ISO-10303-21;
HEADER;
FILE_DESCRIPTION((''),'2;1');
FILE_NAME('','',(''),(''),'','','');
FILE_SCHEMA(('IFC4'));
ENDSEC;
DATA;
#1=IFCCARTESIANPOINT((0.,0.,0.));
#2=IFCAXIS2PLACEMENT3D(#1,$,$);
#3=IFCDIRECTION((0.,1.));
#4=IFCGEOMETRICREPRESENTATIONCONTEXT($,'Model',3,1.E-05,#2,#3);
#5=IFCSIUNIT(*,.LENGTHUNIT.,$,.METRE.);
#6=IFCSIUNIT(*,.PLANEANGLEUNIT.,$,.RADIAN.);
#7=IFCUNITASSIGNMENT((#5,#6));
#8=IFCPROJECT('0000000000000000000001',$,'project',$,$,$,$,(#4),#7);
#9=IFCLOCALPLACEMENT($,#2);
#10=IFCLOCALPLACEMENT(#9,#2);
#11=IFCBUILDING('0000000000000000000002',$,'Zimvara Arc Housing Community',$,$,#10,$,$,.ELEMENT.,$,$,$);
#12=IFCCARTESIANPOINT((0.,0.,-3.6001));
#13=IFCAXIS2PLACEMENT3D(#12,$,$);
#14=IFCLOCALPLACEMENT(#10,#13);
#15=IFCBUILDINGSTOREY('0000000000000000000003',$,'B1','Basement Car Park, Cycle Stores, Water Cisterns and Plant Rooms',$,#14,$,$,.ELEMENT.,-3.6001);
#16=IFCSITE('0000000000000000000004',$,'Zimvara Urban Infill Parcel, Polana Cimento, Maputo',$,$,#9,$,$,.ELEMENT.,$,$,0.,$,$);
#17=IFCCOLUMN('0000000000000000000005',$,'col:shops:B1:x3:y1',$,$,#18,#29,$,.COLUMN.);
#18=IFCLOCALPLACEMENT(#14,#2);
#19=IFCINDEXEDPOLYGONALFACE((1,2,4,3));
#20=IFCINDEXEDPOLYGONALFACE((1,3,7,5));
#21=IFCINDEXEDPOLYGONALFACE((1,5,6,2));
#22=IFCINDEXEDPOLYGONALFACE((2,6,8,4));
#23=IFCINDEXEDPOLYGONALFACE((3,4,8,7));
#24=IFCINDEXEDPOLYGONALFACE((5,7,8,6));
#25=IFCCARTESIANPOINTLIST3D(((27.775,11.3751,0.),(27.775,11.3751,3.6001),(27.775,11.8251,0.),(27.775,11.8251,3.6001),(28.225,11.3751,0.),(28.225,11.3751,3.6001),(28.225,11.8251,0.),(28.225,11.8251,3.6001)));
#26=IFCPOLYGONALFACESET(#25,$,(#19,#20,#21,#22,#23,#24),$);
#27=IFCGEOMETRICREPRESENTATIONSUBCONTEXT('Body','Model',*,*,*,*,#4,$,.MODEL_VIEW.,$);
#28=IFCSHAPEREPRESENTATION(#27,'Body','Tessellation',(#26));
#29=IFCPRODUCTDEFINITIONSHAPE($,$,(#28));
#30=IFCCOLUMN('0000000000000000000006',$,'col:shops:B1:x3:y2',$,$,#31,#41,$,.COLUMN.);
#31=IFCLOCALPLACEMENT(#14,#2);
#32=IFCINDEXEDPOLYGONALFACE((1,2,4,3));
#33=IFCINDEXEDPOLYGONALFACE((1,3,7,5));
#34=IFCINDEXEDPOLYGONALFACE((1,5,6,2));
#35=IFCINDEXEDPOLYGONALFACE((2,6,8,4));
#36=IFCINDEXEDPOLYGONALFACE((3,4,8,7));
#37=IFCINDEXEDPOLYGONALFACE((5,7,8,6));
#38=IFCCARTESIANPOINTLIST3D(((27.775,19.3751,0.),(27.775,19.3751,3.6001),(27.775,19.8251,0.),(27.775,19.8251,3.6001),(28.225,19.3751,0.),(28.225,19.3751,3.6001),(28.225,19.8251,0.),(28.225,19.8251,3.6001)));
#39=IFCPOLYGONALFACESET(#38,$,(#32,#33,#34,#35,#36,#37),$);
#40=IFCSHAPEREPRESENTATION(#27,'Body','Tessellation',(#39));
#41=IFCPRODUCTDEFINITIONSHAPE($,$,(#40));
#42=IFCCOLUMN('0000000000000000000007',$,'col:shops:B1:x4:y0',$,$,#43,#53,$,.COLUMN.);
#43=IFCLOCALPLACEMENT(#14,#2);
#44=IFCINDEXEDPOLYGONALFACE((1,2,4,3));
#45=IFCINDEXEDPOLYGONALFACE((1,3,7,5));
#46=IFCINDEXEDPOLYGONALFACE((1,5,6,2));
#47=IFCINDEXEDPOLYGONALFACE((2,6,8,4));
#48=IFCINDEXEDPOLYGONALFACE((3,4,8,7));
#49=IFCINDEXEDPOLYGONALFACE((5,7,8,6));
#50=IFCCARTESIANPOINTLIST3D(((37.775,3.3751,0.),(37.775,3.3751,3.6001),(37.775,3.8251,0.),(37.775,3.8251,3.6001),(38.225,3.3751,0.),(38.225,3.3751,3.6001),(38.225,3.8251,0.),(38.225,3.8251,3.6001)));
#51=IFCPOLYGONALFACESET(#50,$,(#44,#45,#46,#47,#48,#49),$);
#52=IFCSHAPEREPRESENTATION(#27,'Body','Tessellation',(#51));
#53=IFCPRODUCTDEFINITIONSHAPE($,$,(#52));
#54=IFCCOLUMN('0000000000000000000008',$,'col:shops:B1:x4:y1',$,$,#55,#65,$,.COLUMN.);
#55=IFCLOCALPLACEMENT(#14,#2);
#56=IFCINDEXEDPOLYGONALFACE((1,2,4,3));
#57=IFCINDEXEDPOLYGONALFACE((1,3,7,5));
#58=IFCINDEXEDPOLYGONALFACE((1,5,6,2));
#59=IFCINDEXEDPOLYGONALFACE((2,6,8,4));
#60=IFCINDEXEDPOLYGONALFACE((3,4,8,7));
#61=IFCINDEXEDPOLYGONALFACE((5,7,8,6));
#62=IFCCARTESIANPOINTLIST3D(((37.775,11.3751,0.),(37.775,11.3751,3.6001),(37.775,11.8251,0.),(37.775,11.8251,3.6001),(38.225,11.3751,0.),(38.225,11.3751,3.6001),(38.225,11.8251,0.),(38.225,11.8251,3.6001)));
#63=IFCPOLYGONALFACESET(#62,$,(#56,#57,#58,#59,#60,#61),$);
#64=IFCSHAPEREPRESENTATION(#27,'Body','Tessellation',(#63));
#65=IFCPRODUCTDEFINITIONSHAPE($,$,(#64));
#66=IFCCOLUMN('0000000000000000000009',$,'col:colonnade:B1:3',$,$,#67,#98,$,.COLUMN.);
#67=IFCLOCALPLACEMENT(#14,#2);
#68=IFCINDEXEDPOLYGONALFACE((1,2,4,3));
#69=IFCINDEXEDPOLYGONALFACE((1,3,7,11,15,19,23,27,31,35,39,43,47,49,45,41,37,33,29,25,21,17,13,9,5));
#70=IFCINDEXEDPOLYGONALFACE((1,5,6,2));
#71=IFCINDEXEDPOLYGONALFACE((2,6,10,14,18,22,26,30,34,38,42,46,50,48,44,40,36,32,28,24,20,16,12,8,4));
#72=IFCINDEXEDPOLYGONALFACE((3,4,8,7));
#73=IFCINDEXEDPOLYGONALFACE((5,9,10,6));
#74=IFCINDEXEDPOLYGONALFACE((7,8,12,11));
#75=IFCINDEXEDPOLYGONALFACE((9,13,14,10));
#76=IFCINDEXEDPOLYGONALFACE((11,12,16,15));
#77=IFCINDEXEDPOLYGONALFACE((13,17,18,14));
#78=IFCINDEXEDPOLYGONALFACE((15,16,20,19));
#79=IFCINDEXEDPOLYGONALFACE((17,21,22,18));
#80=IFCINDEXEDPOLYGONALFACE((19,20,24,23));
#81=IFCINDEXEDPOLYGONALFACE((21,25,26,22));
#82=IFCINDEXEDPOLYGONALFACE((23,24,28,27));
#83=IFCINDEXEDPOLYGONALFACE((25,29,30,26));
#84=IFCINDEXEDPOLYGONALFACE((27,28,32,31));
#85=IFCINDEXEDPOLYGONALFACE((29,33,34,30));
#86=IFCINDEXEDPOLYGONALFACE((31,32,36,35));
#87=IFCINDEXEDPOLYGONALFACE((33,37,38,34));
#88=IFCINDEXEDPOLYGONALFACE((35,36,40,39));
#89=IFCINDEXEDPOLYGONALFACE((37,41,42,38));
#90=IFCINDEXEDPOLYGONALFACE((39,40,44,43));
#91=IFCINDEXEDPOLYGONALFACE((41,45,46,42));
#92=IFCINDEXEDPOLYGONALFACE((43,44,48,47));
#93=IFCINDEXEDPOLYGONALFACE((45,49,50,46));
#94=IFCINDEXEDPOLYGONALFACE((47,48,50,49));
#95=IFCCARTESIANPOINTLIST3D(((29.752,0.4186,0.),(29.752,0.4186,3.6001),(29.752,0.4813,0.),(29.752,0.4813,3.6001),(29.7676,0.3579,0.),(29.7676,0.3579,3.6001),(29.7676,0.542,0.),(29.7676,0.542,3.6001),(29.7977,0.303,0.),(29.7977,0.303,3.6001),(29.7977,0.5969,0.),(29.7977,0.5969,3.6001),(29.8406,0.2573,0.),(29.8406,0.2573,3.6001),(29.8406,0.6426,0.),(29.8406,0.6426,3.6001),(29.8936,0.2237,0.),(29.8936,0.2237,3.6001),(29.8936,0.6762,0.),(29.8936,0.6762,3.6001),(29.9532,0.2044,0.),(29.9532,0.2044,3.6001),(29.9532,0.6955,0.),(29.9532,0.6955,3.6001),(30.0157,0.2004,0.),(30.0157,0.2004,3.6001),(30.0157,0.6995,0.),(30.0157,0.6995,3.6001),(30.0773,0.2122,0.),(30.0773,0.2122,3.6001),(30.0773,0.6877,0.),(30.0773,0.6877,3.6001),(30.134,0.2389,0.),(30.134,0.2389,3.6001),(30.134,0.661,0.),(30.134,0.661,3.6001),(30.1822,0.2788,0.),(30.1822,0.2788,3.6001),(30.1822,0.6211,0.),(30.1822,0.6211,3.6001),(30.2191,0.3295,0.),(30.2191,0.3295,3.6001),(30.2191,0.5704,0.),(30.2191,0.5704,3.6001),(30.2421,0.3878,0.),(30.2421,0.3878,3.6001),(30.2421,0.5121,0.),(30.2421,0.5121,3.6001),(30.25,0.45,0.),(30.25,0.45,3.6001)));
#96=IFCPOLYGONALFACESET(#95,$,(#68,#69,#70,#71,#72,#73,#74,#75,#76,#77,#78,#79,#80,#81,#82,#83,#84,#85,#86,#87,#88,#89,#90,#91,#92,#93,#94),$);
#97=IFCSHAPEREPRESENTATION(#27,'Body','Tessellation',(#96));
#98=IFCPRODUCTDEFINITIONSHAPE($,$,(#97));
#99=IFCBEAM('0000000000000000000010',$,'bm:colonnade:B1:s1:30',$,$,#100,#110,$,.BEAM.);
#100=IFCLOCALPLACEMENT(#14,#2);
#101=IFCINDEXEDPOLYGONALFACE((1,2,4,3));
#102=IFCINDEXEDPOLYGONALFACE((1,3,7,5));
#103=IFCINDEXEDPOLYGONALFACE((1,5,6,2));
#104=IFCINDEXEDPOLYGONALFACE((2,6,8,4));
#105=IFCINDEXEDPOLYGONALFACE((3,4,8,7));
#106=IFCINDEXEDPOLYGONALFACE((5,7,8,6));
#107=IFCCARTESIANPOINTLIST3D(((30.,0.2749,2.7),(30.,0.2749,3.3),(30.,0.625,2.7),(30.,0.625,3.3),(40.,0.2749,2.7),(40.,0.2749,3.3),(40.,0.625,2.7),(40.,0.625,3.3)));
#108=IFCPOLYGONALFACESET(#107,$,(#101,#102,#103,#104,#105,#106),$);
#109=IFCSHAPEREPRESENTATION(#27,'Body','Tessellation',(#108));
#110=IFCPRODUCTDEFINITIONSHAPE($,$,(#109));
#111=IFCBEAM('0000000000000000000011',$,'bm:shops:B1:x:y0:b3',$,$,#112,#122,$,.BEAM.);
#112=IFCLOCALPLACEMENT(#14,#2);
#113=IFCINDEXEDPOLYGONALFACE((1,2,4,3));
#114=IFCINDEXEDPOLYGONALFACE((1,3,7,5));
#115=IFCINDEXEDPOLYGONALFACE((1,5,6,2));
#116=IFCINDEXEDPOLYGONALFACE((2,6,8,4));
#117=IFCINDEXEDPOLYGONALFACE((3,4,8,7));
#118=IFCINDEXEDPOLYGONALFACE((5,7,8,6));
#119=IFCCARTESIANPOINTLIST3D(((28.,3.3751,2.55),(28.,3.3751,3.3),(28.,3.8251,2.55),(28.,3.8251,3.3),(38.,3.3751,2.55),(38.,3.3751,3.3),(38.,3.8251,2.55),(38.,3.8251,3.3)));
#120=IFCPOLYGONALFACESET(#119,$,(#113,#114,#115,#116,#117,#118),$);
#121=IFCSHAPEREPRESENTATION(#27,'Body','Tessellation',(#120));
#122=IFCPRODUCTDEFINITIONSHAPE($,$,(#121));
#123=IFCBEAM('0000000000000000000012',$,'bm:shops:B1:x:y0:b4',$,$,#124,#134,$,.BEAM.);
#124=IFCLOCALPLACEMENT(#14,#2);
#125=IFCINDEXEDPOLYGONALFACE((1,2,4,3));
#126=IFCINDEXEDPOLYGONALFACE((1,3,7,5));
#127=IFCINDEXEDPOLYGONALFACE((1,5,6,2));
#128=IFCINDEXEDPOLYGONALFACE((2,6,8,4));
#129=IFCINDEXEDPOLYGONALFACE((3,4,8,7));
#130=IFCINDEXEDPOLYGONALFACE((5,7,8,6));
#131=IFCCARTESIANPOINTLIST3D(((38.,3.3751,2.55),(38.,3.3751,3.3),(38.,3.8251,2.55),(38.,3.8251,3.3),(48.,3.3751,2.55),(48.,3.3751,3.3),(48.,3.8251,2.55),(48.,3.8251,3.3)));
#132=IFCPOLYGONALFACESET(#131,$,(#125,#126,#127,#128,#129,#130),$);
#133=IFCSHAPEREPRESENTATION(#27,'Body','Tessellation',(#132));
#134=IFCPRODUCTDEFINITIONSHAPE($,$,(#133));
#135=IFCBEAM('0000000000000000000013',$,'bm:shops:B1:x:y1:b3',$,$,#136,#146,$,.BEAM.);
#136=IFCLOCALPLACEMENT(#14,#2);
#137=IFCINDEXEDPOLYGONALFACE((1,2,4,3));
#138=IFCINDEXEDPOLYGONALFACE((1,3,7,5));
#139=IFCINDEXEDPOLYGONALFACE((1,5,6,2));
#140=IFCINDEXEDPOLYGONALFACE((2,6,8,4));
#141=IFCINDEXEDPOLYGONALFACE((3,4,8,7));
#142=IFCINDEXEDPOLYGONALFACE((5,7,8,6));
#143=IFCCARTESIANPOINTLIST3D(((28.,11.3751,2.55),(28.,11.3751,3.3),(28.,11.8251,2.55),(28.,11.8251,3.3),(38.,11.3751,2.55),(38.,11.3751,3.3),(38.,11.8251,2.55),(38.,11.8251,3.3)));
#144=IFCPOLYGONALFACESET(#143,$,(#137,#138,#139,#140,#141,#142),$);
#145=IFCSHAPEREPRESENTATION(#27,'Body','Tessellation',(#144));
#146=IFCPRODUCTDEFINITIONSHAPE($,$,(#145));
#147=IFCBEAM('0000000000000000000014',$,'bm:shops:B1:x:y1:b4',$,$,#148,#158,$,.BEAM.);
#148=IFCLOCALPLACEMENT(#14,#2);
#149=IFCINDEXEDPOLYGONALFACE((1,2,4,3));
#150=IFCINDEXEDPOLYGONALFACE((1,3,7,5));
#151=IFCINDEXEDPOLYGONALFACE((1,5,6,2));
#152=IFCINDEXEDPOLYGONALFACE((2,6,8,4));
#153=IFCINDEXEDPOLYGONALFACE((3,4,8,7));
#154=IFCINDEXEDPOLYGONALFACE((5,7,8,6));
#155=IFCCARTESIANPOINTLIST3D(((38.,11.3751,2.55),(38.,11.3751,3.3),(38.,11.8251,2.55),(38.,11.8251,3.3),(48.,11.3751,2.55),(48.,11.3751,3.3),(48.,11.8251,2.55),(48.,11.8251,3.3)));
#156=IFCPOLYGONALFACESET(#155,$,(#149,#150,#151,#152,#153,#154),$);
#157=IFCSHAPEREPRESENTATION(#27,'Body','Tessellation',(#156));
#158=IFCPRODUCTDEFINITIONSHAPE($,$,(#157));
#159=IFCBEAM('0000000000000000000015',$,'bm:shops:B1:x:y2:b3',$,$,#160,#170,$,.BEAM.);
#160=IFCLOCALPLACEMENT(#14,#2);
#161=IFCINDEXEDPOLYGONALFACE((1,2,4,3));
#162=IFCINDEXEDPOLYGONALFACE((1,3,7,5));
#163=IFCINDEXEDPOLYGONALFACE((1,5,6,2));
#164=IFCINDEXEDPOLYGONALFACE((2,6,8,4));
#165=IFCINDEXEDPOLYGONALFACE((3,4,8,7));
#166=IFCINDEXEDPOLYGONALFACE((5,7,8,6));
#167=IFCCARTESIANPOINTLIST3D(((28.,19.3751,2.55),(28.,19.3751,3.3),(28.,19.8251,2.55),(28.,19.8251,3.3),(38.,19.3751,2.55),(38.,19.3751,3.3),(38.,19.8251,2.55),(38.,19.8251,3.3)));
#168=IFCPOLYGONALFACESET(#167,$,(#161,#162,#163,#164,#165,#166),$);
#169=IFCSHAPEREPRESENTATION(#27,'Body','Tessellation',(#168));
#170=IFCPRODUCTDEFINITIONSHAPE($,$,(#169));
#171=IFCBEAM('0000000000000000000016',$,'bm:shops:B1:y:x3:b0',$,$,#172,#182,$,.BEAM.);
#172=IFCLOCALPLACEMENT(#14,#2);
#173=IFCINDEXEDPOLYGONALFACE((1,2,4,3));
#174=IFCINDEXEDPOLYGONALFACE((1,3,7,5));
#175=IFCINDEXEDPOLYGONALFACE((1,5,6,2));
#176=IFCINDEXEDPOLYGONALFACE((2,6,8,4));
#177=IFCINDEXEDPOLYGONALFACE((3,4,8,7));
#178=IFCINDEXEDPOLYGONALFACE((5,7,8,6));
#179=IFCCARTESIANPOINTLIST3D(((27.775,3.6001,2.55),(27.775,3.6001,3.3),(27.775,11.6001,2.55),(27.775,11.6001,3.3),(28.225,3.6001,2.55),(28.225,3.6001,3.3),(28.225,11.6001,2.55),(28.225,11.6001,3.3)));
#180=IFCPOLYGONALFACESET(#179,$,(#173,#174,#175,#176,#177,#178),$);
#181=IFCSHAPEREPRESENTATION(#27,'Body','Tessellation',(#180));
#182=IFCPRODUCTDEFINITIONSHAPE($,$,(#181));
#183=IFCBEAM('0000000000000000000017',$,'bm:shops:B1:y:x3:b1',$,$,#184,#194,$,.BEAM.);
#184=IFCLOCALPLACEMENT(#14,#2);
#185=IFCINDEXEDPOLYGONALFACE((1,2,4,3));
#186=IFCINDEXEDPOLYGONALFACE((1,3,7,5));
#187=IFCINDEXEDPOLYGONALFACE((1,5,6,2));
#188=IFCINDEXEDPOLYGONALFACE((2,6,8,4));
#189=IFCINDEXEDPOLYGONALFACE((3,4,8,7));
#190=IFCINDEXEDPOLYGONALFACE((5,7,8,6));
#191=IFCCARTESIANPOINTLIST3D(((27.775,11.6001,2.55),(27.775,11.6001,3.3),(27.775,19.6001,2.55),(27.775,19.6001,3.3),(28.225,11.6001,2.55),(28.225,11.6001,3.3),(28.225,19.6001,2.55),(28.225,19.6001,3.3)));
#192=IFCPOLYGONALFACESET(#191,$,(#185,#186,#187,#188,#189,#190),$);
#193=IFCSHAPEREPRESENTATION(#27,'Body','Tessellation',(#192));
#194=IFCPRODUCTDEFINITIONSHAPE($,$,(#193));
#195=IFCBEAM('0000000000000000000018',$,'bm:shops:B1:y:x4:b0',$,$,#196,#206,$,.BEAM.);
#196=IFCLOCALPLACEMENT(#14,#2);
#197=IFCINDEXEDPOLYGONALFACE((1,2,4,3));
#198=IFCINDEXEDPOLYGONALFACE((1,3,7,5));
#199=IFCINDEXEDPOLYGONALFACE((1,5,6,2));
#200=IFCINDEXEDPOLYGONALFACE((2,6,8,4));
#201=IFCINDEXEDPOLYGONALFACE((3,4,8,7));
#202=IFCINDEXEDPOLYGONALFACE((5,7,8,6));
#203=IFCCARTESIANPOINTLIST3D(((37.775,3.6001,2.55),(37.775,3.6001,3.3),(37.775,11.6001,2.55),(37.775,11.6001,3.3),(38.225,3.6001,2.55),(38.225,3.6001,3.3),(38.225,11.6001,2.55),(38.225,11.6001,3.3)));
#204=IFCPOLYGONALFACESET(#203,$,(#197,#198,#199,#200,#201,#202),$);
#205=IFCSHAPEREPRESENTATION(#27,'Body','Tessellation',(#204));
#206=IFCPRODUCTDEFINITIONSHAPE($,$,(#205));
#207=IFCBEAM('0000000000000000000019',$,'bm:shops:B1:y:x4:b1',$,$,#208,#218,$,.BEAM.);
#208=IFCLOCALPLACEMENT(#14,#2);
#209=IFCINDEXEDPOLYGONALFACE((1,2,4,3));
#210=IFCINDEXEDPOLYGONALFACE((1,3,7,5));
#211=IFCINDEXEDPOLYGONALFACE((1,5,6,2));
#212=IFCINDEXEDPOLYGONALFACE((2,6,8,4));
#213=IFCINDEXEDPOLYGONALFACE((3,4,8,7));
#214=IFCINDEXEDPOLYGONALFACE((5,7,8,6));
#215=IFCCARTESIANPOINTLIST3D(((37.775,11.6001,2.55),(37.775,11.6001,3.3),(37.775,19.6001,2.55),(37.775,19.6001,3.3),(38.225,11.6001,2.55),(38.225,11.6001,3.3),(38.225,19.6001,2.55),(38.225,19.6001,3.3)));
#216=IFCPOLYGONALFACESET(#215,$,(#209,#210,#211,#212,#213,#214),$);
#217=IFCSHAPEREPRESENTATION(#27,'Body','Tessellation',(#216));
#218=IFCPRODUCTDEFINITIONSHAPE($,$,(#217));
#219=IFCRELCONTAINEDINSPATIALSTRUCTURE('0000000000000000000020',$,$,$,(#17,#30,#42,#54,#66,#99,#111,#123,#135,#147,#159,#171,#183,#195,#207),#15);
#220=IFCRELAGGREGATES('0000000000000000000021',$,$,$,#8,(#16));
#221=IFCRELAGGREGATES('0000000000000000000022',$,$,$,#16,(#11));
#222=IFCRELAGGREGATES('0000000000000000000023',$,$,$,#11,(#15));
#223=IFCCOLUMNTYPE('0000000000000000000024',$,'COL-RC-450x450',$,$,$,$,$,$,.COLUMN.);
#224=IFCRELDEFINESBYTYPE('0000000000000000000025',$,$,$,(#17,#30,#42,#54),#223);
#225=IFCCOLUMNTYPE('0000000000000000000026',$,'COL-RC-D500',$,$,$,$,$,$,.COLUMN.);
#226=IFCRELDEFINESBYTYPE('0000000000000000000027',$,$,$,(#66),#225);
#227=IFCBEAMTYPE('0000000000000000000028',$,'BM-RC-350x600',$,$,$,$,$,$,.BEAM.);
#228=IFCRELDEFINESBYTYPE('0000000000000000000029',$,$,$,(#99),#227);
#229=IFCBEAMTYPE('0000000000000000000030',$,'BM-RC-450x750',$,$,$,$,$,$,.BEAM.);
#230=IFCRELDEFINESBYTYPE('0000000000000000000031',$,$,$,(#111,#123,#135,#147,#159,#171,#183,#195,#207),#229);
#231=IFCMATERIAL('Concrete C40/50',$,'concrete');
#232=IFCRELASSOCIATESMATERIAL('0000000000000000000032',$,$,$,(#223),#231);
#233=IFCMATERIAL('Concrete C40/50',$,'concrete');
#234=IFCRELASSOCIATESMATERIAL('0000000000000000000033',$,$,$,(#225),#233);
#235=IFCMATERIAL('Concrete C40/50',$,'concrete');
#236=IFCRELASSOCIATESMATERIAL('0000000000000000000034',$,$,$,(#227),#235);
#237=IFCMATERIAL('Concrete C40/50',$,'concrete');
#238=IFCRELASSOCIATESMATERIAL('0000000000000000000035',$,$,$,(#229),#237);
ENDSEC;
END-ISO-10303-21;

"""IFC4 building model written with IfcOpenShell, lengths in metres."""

from ifc_helpers import new_model, si_unit, direction, frame, origin, origin_2d, place, context, subcontext, project, spatial, rectangle, circle, extrude, material, material_profile, profile_set, type_object, element, save


model = new_model("IFC4")

# Units and contexts
model_context = context("Model", 3, precision=1e-05, world=origin(), true_north=direction((0.0, 1.0)))
body_context = subcontext(model_context, "Body", "Model", "MODEL_VIEW")
ifc_project = project(units=[si_unit("LENGTHUNIT", "METRE"), si_unit("PLANEANGLEUNIT", "RADIAN")], contexts=[model_context])

# Site, building, storey
site_placement = place(None, origin())
site = spatial("IfcSite", under=ifc_project, at=site_placement, Name="Zimvara Urban Infill Parcel, Polana Cimento, Maputo", CompositionType="ELEMENT", RefElevation=0.0)
building_placement = place(site_placement, origin())
building = spatial("IfcBuilding", under=site, at=building_placement, Name="Zimvara Arc Housing Community", CompositionType="ELEMENT")
storey_placement = place(building_placement, frame((0.0, 0.0, -3.6001)))
storey = spatial("IfcBuildingStorey", under=building, at=storey_placement, Name="B1", Description="Basement Car Park, Cycle Stores, Water Cisterns and Plant Rooms", CompositionType="ELEMENT", Elevation=-3.6001)

# Columns
ifc_material_1 = material(Name="Concrete C40/50", Category="concrete")
ifc_material_profile_1 = material_profile(ifc_material_1, rectangle(XDim=0.45, YDim=0.45, at=origin_2d()), Name="RC 450x450")
ifc_profile_set_1 = profile_set([ifc_material_profile_1], Name="Concrete C40/50")
column_type_1 = type_object("IfcColumnType", Name="COL-RC-450x450", PredefinedType="COLUMN", material=ifc_profile_set_1)
for number, where, z_axis, x_axis, name in (
    (1, (28.0, 11.6001, 0.0), (0.0, 0.0, 1.0), (1.0, 0.0, 0.0), "col:shops:B1:x3:y1"),
    (2, (28.0, 19.6001, 0.0), (0.0, 0.0, 1.0), (1.0, 0.0, 0.0), "col:shops:B1:x3:y2"),
    (3, (38.0, 3.6001, 0.0), (0.0, 0.0, 1.0), (1.0, 0.0, 0.0), "col:shops:B1:x4:y0"),
    (4, (38.0, 11.6001, 0.0), (0.0, 0.0, 1.0), (1.0, 0.0, 0.0), "col:shops:B1:x4:y1"),
):
    element("IfcColumn", number, at=place(storey_placement, frame(where, z_axis=z_axis, x_axis=x_axis)), inside=storey, type_object=column_type_1, Name=name, PredefinedType="COLUMN", context=body_context, shape_type="SweptSolid", body=[
        extrude(rectangle(XDim=0.45, YDim=0.45, at=origin_2d()), origin(), (0.0, 0.0, 1.0), 3.6001),
    ])
ifc_material_2 = material(Name="Concrete C40/50", Category="concrete")
ifc_material_profile_2 = material_profile(ifc_material_2, circle(Radius=0.25, at=origin_2d()), Name="RC D500")
ifc_profile_set_2 = profile_set([ifc_material_profile_2], Name="Concrete C40/50")
column_type_2 = type_object("IfcColumnType", Name="COL-RC-D500", PredefinedType="COLUMN", material=ifc_profile_set_2)
column_placement = place(storey_placement, frame((30.0, 0.45, 0.0), z_axis=(0.0, 0.0, 1.0), x_axis=(1.0, 0.0, 0.0)))
element("IfcColumn", 5, at=column_placement, inside=storey, type_object=column_type_2, Name="col:colonnade:B1:3", PredefinedType="COLUMN", context=body_context, shape_type="SweptSolid", body=[
    extrude(circle(Radius=0.25, at=origin_2d()), origin(), (0.0, 0.0, 1.0), 3.6001),
])

# Beams
ifc_material_3 = material(Name="Concrete C40/50", Category="concrete")
ifc_material_profile_3 = material_profile(ifc_material_3, rectangle(XDim=0.3501, YDim=0.6001, at=origin_2d()), Name="RC 350x600")
ifc_profile_set_3 = profile_set([ifc_material_profile_3], Name="Concrete C40/50")
beam_type_1 = type_object("IfcBeamType", Name="BM-RC-350x600", PredefinedType="BEAM", material=ifc_profile_set_3)
beam_placement = place(storey_placement, frame((30.0, 0.45, 3.0), z_axis=(1.0, 0.0, 0.0), x_axis=(0.0, 1.0, 0.0)))
element("IfcBeam", 6, at=beam_placement, inside=storey, type_object=beam_type_1, Name="bm:colonnade:B1:s1:30", PredefinedType="BEAM", context=body_context, shape_type="SweptSolid", body=[
    extrude(rectangle(XDim=0.3501, YDim=0.6001, at=origin_2d()), origin(), (0.0, 0.0, 1.0), 10.0),
])
ifc_material_4 = material(Name="Concrete C40/50", Category="concrete")
ifc_material_profile_4 = material_profile(ifc_material_4, rectangle(XDim=0.45, YDim=0.75, at=origin_2d()), Name="RC 450x750")
ifc_profile_set_4 = profile_set([ifc_material_profile_4], Name="Concrete C40/50")
beam_type_2 = type_object("IfcBeamType", Name="BM-RC-450x750", PredefinedType="BEAM", material=ifc_profile_set_4)
for number, where, z_axis, x_axis, name in (
    (7, (28.0, 3.6001, 2.925), (1.0, 0.0, 0.0), (0.0, 1.0, 0.0), "bm:shops:B1:x:y0:b3"),
    (8, (38.0, 3.6001, 2.925), (1.0, 0.0, 0.0), (0.0, 1.0, 0.0), "bm:shops:B1:x:y0:b4"),
    (9, (28.0, 11.6001, 2.925), (1.0, 0.0, 0.0), (0.0, 1.0, 0.0), "bm:shops:B1:x:y1:b3"),
    (10, (38.0, 11.6001, 2.925), (1.0, 0.0, 0.0), (0.0, 1.0, 0.0), "bm:shops:B1:x:y1:b4"),
    (11, (28.0, 19.6001, 2.925), (1.0, 0.0, 0.0), (0.0, 1.0, 0.0), "bm:shops:B1:x:y2:b3"),
):
    element("IfcBeam", number, at=place(storey_placement, frame(where, z_axis=z_axis, x_axis=x_axis)), inside=storey, type_object=beam_type_2, Name=name, PredefinedType="BEAM", context=body_context, shape_type="SweptSolid", body=[
        extrude(rectangle(XDim=0.45, YDim=0.75, at=origin_2d()), origin(), (0.0, 0.0, 1.0), 10.0),
    ])
for number, where, z_axis, x_axis, name in (
    (12, (28.0, 3.6001, 2.925), (0.0, 1.0, 0.0), (-1.0, 0.0, 0.0), "bm:shops:B1:y:x3:b0"),
    (13, (28.0, 11.6001, 2.925), (0.0, 1.0, 0.0), (-1.0, 0.0, 0.0), "bm:shops:B1:y:x3:b1"),
    (14, (38.0, 3.6001, 2.925), (0.0, 1.0, 0.0), (-1.0, 0.0, 0.0), "bm:shops:B1:y:x4:b0"),
    (15, (38.0, 11.6001, 2.925), (0.0, 1.0, 0.0), (-1.0, 0.0, 0.0), "bm:shops:B1:y:x4:b1"),
):
    element("IfcBeam", number, at=place(storey_placement, frame(where, z_axis=z_axis, x_axis=x_axis)), inside=storey, type_object=beam_type_2, Name=name, PredefinedType="BEAM", context=body_context, shape_type="SweptSolid", body=[
        extrude(rectangle(XDim=0.45, YDim=0.75, at=origin_2d()), origin(), (0.0, 0.0, 1.0), 8.0),
    ])

save(model, "model.ifc")
